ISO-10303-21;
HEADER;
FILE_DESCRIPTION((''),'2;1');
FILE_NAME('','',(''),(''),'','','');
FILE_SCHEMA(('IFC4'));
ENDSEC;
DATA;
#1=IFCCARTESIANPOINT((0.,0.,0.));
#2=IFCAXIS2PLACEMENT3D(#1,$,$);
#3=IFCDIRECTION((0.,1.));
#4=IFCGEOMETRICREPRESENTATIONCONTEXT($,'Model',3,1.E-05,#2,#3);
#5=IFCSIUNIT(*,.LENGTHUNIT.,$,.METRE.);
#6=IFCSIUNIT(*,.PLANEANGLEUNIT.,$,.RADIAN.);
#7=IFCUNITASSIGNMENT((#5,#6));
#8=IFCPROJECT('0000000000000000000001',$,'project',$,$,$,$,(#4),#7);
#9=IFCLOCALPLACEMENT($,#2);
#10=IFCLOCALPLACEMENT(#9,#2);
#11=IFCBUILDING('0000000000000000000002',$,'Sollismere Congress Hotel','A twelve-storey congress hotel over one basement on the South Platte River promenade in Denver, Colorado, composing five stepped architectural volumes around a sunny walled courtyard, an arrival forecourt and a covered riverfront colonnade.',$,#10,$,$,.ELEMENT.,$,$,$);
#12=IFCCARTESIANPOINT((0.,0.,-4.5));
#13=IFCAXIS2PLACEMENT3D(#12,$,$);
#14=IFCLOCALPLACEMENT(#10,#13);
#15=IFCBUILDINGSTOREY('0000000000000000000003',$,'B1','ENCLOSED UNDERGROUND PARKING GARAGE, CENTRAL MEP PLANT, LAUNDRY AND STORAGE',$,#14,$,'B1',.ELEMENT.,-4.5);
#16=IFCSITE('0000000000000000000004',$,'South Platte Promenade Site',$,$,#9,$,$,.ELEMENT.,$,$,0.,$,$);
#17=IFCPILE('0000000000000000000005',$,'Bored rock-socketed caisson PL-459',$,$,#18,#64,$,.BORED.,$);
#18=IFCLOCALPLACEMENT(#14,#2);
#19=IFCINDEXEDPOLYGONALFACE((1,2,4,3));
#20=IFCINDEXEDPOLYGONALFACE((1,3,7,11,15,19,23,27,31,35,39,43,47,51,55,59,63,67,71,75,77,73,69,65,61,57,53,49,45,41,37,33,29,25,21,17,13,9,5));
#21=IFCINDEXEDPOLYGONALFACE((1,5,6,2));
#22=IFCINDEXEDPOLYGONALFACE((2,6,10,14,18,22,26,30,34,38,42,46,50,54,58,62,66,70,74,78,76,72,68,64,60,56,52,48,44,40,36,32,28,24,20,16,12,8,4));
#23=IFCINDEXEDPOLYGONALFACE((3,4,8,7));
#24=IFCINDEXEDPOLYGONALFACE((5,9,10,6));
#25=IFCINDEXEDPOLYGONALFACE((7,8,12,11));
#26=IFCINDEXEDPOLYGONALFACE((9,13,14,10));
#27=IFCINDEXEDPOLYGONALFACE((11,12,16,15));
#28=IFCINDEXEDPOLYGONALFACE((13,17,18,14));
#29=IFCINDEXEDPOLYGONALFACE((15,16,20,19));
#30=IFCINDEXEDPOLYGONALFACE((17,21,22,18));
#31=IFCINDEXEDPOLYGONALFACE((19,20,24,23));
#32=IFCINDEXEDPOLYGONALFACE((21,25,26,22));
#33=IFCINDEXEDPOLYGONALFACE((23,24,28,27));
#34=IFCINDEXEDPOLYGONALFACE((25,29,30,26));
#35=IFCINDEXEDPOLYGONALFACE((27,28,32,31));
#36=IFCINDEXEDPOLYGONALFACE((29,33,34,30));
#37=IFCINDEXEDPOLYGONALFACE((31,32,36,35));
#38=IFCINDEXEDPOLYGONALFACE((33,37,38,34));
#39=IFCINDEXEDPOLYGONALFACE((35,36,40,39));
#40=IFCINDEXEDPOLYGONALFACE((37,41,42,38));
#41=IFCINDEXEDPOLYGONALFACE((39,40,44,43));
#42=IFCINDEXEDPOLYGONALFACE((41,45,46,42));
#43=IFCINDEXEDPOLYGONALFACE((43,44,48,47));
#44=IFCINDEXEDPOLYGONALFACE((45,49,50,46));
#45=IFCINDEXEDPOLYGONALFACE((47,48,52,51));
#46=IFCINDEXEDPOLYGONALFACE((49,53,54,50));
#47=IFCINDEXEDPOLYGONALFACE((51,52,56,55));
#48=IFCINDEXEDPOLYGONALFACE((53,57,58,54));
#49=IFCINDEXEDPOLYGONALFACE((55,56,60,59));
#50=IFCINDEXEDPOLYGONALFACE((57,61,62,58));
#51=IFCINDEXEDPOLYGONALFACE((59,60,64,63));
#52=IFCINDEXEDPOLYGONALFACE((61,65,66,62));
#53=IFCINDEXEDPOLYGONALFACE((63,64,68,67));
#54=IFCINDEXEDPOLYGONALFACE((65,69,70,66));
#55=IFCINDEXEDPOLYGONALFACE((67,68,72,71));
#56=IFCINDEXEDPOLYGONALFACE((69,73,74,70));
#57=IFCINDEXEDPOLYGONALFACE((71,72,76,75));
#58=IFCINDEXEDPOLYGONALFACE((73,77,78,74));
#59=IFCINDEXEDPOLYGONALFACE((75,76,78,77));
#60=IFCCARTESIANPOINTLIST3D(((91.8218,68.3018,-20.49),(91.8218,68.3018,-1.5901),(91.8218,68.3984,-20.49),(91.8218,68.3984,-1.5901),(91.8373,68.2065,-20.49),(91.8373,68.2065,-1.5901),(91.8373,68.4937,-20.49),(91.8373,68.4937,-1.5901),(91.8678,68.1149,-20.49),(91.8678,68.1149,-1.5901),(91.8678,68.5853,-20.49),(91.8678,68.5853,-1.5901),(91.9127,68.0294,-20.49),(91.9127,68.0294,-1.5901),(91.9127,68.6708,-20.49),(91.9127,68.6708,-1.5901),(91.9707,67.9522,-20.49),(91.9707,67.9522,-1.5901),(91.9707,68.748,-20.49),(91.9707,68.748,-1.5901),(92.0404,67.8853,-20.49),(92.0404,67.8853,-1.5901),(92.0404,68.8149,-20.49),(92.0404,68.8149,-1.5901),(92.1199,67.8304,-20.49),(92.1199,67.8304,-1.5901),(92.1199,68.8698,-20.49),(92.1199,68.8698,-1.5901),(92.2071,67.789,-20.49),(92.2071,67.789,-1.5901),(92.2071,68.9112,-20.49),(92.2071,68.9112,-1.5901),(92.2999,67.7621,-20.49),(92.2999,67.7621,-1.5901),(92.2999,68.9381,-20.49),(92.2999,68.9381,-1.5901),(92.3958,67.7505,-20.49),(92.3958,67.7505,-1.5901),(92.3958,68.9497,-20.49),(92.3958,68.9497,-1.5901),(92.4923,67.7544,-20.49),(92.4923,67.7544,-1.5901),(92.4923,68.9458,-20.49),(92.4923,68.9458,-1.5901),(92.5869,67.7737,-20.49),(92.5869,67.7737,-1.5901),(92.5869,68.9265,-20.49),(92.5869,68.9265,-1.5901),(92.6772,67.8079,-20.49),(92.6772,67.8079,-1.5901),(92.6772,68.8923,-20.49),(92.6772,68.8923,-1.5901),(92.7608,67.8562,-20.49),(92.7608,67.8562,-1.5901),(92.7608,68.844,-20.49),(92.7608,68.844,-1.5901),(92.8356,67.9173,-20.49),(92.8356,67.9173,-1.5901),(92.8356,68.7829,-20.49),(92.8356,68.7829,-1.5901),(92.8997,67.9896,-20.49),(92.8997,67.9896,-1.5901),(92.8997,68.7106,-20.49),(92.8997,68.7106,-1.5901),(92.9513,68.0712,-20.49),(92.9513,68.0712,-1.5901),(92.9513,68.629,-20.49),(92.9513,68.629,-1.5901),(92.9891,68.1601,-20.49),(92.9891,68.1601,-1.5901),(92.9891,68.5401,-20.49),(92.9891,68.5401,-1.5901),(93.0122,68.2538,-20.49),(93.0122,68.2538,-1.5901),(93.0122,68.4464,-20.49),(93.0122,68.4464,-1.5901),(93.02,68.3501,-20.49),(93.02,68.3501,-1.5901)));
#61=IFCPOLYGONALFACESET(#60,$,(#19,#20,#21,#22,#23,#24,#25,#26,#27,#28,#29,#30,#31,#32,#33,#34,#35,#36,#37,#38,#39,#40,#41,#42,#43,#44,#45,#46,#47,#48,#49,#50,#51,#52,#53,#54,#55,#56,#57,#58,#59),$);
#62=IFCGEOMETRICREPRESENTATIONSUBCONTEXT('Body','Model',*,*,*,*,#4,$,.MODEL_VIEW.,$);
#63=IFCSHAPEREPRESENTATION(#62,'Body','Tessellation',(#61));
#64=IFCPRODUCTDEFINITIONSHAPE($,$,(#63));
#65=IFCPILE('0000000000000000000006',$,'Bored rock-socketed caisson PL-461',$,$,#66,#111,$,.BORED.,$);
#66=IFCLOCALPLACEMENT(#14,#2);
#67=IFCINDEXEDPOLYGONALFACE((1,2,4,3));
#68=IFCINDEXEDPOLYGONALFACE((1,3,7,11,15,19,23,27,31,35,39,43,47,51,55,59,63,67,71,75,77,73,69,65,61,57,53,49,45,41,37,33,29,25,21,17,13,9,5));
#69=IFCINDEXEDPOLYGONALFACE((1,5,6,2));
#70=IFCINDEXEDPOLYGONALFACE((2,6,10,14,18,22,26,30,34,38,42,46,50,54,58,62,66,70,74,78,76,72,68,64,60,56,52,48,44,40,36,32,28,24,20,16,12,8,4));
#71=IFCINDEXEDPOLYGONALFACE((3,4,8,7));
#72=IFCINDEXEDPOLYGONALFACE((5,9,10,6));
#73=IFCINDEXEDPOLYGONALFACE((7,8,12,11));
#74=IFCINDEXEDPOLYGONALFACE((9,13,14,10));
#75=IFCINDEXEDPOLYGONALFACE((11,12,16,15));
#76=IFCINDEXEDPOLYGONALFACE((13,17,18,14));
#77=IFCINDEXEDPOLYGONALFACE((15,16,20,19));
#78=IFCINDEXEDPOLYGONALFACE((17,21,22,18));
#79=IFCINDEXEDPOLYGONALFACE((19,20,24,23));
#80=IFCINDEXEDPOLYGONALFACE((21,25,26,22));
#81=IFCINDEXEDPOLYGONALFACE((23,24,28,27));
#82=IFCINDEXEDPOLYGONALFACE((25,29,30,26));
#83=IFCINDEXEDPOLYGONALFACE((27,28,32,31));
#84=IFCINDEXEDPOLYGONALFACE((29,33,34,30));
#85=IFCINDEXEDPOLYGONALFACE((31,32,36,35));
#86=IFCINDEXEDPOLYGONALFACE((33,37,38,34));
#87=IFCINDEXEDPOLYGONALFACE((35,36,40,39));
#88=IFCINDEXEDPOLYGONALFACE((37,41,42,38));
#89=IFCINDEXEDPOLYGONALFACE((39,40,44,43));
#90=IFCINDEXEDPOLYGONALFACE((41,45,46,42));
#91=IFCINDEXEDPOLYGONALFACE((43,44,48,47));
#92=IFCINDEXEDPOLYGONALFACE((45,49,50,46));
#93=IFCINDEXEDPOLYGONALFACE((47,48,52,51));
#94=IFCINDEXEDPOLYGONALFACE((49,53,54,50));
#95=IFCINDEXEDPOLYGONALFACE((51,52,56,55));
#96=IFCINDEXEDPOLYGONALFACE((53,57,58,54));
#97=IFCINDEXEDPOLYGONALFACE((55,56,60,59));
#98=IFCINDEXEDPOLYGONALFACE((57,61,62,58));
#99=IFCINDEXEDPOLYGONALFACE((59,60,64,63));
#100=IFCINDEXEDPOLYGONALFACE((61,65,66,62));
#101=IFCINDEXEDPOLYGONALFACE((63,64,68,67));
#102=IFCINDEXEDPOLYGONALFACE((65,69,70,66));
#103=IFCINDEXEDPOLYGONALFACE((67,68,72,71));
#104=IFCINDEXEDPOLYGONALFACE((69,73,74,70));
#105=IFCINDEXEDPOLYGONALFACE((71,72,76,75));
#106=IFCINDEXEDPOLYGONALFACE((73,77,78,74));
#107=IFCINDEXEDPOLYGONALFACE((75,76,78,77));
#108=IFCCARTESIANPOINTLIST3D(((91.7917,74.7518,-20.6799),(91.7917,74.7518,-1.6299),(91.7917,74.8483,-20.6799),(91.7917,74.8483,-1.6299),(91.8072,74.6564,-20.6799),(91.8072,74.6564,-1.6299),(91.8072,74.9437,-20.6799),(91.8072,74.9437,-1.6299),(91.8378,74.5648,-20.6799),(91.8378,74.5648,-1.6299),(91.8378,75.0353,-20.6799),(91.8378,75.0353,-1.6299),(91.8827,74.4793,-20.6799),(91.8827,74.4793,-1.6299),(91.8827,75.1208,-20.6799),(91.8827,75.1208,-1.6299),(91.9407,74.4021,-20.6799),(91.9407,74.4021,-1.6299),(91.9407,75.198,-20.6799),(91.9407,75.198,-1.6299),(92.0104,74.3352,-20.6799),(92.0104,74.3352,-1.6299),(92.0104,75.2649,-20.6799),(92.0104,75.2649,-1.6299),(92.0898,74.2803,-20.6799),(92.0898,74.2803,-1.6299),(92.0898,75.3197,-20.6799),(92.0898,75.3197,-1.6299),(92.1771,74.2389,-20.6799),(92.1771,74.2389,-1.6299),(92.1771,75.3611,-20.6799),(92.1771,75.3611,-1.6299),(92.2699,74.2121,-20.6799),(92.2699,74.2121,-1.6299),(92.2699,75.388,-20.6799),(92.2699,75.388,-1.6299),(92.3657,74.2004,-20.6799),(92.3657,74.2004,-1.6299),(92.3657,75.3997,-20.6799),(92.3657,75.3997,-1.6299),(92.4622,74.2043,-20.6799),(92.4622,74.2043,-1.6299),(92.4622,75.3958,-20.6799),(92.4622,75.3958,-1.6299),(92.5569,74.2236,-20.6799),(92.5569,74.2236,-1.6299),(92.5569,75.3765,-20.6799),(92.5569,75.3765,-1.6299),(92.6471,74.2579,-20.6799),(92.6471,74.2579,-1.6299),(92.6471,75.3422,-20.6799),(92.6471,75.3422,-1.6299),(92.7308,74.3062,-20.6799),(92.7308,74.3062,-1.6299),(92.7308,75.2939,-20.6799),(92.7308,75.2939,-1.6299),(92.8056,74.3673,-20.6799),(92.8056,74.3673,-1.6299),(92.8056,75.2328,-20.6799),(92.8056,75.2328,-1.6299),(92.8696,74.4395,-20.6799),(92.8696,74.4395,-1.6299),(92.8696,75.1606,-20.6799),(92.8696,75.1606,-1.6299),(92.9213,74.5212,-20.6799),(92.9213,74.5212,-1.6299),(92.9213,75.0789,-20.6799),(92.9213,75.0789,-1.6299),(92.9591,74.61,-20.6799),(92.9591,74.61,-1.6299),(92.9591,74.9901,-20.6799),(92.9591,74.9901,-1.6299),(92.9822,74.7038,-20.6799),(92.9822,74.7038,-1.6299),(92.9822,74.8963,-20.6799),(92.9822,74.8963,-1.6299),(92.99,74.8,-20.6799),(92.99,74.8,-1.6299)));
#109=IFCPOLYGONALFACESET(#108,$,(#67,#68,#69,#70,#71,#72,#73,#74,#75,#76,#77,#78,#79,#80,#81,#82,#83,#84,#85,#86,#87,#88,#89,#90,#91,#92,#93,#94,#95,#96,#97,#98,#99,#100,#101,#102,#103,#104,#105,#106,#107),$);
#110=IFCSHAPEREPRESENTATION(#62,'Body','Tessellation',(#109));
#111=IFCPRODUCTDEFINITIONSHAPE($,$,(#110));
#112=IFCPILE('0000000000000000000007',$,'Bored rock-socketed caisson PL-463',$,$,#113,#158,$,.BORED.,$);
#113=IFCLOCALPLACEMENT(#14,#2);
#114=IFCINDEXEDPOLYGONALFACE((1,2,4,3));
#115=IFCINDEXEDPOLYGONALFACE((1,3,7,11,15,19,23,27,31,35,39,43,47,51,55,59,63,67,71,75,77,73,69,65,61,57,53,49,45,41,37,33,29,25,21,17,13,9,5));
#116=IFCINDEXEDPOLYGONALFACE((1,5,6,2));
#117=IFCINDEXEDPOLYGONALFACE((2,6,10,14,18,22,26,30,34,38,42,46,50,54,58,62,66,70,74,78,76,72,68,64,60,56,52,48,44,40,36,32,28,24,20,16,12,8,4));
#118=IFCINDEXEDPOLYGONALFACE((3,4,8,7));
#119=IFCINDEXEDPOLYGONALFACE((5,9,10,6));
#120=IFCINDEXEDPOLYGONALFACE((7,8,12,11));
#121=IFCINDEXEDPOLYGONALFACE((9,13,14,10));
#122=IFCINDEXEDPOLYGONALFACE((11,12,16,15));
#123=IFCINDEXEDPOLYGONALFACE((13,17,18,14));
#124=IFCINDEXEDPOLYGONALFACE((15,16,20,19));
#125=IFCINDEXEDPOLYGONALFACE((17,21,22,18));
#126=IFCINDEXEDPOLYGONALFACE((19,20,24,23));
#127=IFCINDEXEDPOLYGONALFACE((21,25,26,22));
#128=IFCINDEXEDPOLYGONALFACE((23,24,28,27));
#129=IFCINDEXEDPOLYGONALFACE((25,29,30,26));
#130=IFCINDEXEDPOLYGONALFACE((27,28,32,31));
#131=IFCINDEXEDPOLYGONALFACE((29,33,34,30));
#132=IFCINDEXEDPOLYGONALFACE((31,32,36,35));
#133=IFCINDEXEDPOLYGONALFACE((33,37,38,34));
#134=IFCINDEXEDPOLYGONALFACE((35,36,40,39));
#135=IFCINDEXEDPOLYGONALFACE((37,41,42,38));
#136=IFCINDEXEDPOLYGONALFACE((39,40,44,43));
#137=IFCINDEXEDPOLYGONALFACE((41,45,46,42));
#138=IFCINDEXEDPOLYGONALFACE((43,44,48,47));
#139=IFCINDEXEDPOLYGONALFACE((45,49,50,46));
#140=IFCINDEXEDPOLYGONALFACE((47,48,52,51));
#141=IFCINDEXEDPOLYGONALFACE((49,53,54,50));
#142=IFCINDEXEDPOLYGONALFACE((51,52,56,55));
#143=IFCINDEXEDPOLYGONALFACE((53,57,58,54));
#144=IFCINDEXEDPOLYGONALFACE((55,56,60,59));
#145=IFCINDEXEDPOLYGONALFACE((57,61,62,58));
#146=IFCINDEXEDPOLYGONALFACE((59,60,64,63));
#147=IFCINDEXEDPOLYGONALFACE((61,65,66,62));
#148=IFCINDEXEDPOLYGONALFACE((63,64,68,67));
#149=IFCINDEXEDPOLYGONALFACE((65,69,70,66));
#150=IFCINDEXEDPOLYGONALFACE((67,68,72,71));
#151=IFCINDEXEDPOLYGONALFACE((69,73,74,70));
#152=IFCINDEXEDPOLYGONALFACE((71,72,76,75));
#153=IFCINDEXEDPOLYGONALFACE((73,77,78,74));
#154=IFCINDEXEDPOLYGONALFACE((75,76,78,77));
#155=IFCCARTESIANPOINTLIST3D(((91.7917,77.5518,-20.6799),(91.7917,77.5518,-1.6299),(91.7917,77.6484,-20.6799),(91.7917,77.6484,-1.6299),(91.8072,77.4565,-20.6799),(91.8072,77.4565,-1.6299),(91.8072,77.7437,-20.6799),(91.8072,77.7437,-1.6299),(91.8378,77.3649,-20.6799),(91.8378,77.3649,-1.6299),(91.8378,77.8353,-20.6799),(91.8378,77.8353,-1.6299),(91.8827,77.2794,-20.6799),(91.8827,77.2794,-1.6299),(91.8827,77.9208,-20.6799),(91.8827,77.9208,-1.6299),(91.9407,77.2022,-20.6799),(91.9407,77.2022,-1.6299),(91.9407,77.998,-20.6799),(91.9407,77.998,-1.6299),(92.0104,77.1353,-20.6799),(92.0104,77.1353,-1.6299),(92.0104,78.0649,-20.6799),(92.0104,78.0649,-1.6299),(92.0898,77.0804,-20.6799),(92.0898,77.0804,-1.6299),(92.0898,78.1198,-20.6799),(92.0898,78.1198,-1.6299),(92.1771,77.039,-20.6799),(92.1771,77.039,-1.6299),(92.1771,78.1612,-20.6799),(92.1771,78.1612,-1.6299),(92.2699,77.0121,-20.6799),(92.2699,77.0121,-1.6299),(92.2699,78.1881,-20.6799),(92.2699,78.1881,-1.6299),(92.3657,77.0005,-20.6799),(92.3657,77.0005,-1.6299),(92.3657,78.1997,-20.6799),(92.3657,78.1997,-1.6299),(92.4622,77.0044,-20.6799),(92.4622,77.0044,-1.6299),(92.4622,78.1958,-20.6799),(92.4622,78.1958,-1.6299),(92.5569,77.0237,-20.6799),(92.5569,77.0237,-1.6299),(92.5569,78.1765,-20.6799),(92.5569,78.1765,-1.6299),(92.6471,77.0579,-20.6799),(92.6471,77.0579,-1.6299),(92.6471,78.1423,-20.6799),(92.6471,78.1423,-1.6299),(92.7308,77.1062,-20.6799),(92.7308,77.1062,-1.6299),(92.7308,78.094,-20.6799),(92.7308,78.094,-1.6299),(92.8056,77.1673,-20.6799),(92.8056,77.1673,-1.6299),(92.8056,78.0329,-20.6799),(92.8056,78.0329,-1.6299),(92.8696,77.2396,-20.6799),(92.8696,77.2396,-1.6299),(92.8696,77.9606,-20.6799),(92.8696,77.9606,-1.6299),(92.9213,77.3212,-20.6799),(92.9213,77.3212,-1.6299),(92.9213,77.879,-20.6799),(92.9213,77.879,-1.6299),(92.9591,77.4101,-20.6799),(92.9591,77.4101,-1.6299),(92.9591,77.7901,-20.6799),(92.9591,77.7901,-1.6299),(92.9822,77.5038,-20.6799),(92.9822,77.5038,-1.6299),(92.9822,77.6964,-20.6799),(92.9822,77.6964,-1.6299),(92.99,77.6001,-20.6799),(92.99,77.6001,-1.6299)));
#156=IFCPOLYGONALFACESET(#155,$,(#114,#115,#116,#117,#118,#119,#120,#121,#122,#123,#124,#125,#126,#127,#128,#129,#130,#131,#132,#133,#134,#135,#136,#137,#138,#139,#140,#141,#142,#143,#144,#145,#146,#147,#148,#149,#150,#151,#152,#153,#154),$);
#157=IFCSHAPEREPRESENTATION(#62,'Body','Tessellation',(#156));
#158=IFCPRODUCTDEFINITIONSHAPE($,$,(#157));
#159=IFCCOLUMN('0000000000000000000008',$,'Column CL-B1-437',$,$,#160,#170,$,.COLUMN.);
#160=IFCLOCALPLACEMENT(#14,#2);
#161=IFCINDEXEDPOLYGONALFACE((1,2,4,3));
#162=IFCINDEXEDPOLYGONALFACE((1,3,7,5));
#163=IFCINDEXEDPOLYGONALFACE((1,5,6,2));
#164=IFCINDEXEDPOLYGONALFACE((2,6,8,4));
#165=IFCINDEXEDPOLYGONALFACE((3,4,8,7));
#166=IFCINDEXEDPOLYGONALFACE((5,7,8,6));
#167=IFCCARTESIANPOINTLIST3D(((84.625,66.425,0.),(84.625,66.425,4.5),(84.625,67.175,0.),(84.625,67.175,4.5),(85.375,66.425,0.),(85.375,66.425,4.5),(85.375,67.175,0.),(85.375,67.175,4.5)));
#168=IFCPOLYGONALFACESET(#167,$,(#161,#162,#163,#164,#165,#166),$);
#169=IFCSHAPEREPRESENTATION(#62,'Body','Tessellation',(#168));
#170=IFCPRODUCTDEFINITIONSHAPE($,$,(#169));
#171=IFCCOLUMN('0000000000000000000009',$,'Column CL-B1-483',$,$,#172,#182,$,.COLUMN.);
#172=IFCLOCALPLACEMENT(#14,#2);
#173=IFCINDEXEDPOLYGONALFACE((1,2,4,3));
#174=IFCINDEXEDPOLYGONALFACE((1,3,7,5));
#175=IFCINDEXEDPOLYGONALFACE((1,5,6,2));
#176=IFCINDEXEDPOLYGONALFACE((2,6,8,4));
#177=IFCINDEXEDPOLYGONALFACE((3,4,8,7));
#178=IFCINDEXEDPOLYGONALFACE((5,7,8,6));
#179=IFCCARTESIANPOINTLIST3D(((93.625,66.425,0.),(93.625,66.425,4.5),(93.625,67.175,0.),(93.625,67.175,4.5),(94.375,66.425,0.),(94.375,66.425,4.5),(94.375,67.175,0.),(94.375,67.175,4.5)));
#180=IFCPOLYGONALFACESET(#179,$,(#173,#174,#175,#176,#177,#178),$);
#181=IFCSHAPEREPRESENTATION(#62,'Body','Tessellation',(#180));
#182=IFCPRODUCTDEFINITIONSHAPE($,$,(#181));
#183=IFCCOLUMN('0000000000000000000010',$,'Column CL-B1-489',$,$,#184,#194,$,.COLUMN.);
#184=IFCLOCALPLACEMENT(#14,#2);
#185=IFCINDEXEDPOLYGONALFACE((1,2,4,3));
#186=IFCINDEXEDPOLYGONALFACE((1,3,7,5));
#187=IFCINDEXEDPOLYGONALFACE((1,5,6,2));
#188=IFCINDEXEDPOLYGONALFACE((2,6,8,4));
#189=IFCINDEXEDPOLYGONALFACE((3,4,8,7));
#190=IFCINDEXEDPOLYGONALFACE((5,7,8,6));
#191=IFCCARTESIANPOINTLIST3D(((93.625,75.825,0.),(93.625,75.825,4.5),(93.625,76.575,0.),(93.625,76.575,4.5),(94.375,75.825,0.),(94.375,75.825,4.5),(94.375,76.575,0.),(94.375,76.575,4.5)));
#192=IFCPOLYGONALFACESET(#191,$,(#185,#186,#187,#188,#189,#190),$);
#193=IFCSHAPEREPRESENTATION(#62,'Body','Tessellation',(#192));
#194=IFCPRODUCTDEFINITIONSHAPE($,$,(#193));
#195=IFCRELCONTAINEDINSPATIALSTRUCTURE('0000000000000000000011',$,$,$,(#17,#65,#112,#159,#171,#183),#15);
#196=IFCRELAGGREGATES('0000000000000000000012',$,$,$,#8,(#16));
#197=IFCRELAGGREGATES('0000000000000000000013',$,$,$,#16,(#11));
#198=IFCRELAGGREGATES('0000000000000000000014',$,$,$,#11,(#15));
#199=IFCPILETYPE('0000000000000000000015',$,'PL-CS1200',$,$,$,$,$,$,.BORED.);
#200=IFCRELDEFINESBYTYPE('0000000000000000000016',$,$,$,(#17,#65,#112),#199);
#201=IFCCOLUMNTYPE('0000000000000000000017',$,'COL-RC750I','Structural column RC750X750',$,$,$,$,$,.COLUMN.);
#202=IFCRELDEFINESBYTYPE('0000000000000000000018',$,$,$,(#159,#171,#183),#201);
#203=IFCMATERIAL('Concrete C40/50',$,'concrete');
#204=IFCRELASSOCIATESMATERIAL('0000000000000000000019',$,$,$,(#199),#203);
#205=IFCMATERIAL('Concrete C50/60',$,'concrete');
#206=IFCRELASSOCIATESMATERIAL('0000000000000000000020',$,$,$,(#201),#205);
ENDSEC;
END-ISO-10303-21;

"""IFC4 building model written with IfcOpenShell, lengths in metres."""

from ifc_helpers import new_model, si_unit, direction, frame, origin, origin_2d, place, context, subcontext, project, spatial, rectangle, circle, extrude, material, material_profile, profile_set, type_object, element, save


model = new_model("IFC4")

# Units and contexts
model_context = context("Model", 3, precision=1e-05, world=origin(), true_north=direction((0.0, 1.0)))
body_context = subcontext(model_context, "Body", "Model", "MODEL_VIEW")
ifc_project = project(units=[si_unit("LENGTHUNIT", "METRE"), si_unit("PLANEANGLEUNIT", "RADIAN")], contexts=[model_context])

# Site, building, storey
site_placement = place(None, origin())
site = spatial("IfcSite", under=ifc_project, at=site_placement, Name="South Platte Promenade Site", CompositionType="ELEMENT", RefElevation=0.0)
building_placement = place(site_placement, origin())
building = spatial("IfcBuilding", under=site, at=building_placement, Name="Sollismere Congress Hotel", Description="A twelve-storey congress hotel over one basement on the South Platte River promenade in Denver, Colorado, composing five stepped architectural volumes around a sunny walled courtyard, an arrival forecourt and a covered riverfront colonnade.", CompositionType="ELEMENT")
storey_placement = place(building_placement, frame((0.0, 0.0, -4.5)))
storey = spatial("IfcBuildingStorey", under=building, at=storey_placement, Name="B1", Description="ENCLOSED UNDERGROUND PARKING GARAGE, CENTRAL MEP PLANT, LAUNDRY AND STORAGE", LongName="B1", CompositionType="ELEMENT", Elevation=-4.5)

# Shared definitions
ifc_material_1 = material(Name="Concrete C40/50", Category="concrete")

# Piles
ifc_material_profile_1 = material_profile(ifc_material_1, circle(Radius=0.6001, at=origin_2d()), Name="CAISSON1200")
ifc_profile_set_1 = profile_set([ifc_material_profile_1], Name="Concrete C40/50")
pile_type = type_object("IfcPileType", Name="PL-CS1200", PredefinedType="BORED", material=ifc_profile_set_1)
pile_placement = place(storey_placement, frame((92.4199, 68.3501, -1.5901), z_axis=(0.0, 0.0, -1.0), x_axis=(1.0, 0.0, 0.0)))
element("IfcPile", 1, at=pile_placement, inside=storey, type_object=pile_type, Name="Bored rock-socketed caisson PL-459", PredefinedType="BORED", context=body_context, shape_type="SweptSolid", body=[
    extrude(circle(Radius=0.6001, at=origin_2d()), origin(), (0.0, 0.0, 1.0), 18.8999),
])
for number, where, z_axis, x_axis, name in (
    (2, (92.3899, 74.8, -1.6299), (0.0, 0.0, -1.0), (1.0, 0.0, 0.0), "Bored rock-socketed caisson PL-461"),
    (3, (92.3899, 77.6001, -1.6299), (0.0, 0.0, -1.0), (1.0, 0.0, 0.0), "Bored rock-socketed caisson PL-463"),
):
    element("IfcPile", number, at=place(storey_placement, frame(where, z_axis=z_axis, x_axis=x_axis)), inside=storey, type_object=pile_type, Name=name, PredefinedType="BORED", context=body_context, shape_type="SweptSolid", body=[
        extrude(circle(Radius=0.6001, at=origin_2d()), origin(), (0.0, 0.0, 1.0), 19.05),
    ])

# Columns
ifc_material_2 = material(Name="Concrete C50/60", Category="concrete")
ifc_material_profile_2 = material_profile(ifc_material_2, rectangle(XDim=0.75, YDim=0.75, at=origin_2d()), Name="RC750X750")
ifc_profile_set_2 = profile_set([ifc_material_profile_2], Name="Concrete C50/60")
column_type = type_object("IfcColumnType", Name="COL-RC750I", Description="Structural column RC750X750", PredefinedType="COLUMN", material=ifc_profile_set_2)
for number, where, z_axis, x_axis, name in (
    (4, (85.0, 66.8, 0.0), (0.0, 0.0, 1.0), (0.0, 1.0, 0.0), "Column CL-B1-437"),
    (5, (94.0, 66.8, 0.0), (0.0, 0.0, 1.0), (0.0, 1.0, 0.0), "Column CL-B1-483"),
    (6, (94.0, 76.2, 0.0), (0.0, 0.0, 1.0), (1.0, 0.0, 0.0), "Column CL-B1-489"),
):
    element("IfcColumn", number, at=place(storey_placement, frame(where, z_axis=z_axis, x_axis=x_axis)), inside=storey, type_object=column_type, Name=name, PredefinedType="COLUMN", context=body_context, shape_type="SweptSolid", body=[
        extrude(rectangle(XDim=0.75, YDim=0.75, at=origin_2d()), origin(), (0.0, 0.0, 1.0), 4.5),
    ])

save(model, "model.ifc")
